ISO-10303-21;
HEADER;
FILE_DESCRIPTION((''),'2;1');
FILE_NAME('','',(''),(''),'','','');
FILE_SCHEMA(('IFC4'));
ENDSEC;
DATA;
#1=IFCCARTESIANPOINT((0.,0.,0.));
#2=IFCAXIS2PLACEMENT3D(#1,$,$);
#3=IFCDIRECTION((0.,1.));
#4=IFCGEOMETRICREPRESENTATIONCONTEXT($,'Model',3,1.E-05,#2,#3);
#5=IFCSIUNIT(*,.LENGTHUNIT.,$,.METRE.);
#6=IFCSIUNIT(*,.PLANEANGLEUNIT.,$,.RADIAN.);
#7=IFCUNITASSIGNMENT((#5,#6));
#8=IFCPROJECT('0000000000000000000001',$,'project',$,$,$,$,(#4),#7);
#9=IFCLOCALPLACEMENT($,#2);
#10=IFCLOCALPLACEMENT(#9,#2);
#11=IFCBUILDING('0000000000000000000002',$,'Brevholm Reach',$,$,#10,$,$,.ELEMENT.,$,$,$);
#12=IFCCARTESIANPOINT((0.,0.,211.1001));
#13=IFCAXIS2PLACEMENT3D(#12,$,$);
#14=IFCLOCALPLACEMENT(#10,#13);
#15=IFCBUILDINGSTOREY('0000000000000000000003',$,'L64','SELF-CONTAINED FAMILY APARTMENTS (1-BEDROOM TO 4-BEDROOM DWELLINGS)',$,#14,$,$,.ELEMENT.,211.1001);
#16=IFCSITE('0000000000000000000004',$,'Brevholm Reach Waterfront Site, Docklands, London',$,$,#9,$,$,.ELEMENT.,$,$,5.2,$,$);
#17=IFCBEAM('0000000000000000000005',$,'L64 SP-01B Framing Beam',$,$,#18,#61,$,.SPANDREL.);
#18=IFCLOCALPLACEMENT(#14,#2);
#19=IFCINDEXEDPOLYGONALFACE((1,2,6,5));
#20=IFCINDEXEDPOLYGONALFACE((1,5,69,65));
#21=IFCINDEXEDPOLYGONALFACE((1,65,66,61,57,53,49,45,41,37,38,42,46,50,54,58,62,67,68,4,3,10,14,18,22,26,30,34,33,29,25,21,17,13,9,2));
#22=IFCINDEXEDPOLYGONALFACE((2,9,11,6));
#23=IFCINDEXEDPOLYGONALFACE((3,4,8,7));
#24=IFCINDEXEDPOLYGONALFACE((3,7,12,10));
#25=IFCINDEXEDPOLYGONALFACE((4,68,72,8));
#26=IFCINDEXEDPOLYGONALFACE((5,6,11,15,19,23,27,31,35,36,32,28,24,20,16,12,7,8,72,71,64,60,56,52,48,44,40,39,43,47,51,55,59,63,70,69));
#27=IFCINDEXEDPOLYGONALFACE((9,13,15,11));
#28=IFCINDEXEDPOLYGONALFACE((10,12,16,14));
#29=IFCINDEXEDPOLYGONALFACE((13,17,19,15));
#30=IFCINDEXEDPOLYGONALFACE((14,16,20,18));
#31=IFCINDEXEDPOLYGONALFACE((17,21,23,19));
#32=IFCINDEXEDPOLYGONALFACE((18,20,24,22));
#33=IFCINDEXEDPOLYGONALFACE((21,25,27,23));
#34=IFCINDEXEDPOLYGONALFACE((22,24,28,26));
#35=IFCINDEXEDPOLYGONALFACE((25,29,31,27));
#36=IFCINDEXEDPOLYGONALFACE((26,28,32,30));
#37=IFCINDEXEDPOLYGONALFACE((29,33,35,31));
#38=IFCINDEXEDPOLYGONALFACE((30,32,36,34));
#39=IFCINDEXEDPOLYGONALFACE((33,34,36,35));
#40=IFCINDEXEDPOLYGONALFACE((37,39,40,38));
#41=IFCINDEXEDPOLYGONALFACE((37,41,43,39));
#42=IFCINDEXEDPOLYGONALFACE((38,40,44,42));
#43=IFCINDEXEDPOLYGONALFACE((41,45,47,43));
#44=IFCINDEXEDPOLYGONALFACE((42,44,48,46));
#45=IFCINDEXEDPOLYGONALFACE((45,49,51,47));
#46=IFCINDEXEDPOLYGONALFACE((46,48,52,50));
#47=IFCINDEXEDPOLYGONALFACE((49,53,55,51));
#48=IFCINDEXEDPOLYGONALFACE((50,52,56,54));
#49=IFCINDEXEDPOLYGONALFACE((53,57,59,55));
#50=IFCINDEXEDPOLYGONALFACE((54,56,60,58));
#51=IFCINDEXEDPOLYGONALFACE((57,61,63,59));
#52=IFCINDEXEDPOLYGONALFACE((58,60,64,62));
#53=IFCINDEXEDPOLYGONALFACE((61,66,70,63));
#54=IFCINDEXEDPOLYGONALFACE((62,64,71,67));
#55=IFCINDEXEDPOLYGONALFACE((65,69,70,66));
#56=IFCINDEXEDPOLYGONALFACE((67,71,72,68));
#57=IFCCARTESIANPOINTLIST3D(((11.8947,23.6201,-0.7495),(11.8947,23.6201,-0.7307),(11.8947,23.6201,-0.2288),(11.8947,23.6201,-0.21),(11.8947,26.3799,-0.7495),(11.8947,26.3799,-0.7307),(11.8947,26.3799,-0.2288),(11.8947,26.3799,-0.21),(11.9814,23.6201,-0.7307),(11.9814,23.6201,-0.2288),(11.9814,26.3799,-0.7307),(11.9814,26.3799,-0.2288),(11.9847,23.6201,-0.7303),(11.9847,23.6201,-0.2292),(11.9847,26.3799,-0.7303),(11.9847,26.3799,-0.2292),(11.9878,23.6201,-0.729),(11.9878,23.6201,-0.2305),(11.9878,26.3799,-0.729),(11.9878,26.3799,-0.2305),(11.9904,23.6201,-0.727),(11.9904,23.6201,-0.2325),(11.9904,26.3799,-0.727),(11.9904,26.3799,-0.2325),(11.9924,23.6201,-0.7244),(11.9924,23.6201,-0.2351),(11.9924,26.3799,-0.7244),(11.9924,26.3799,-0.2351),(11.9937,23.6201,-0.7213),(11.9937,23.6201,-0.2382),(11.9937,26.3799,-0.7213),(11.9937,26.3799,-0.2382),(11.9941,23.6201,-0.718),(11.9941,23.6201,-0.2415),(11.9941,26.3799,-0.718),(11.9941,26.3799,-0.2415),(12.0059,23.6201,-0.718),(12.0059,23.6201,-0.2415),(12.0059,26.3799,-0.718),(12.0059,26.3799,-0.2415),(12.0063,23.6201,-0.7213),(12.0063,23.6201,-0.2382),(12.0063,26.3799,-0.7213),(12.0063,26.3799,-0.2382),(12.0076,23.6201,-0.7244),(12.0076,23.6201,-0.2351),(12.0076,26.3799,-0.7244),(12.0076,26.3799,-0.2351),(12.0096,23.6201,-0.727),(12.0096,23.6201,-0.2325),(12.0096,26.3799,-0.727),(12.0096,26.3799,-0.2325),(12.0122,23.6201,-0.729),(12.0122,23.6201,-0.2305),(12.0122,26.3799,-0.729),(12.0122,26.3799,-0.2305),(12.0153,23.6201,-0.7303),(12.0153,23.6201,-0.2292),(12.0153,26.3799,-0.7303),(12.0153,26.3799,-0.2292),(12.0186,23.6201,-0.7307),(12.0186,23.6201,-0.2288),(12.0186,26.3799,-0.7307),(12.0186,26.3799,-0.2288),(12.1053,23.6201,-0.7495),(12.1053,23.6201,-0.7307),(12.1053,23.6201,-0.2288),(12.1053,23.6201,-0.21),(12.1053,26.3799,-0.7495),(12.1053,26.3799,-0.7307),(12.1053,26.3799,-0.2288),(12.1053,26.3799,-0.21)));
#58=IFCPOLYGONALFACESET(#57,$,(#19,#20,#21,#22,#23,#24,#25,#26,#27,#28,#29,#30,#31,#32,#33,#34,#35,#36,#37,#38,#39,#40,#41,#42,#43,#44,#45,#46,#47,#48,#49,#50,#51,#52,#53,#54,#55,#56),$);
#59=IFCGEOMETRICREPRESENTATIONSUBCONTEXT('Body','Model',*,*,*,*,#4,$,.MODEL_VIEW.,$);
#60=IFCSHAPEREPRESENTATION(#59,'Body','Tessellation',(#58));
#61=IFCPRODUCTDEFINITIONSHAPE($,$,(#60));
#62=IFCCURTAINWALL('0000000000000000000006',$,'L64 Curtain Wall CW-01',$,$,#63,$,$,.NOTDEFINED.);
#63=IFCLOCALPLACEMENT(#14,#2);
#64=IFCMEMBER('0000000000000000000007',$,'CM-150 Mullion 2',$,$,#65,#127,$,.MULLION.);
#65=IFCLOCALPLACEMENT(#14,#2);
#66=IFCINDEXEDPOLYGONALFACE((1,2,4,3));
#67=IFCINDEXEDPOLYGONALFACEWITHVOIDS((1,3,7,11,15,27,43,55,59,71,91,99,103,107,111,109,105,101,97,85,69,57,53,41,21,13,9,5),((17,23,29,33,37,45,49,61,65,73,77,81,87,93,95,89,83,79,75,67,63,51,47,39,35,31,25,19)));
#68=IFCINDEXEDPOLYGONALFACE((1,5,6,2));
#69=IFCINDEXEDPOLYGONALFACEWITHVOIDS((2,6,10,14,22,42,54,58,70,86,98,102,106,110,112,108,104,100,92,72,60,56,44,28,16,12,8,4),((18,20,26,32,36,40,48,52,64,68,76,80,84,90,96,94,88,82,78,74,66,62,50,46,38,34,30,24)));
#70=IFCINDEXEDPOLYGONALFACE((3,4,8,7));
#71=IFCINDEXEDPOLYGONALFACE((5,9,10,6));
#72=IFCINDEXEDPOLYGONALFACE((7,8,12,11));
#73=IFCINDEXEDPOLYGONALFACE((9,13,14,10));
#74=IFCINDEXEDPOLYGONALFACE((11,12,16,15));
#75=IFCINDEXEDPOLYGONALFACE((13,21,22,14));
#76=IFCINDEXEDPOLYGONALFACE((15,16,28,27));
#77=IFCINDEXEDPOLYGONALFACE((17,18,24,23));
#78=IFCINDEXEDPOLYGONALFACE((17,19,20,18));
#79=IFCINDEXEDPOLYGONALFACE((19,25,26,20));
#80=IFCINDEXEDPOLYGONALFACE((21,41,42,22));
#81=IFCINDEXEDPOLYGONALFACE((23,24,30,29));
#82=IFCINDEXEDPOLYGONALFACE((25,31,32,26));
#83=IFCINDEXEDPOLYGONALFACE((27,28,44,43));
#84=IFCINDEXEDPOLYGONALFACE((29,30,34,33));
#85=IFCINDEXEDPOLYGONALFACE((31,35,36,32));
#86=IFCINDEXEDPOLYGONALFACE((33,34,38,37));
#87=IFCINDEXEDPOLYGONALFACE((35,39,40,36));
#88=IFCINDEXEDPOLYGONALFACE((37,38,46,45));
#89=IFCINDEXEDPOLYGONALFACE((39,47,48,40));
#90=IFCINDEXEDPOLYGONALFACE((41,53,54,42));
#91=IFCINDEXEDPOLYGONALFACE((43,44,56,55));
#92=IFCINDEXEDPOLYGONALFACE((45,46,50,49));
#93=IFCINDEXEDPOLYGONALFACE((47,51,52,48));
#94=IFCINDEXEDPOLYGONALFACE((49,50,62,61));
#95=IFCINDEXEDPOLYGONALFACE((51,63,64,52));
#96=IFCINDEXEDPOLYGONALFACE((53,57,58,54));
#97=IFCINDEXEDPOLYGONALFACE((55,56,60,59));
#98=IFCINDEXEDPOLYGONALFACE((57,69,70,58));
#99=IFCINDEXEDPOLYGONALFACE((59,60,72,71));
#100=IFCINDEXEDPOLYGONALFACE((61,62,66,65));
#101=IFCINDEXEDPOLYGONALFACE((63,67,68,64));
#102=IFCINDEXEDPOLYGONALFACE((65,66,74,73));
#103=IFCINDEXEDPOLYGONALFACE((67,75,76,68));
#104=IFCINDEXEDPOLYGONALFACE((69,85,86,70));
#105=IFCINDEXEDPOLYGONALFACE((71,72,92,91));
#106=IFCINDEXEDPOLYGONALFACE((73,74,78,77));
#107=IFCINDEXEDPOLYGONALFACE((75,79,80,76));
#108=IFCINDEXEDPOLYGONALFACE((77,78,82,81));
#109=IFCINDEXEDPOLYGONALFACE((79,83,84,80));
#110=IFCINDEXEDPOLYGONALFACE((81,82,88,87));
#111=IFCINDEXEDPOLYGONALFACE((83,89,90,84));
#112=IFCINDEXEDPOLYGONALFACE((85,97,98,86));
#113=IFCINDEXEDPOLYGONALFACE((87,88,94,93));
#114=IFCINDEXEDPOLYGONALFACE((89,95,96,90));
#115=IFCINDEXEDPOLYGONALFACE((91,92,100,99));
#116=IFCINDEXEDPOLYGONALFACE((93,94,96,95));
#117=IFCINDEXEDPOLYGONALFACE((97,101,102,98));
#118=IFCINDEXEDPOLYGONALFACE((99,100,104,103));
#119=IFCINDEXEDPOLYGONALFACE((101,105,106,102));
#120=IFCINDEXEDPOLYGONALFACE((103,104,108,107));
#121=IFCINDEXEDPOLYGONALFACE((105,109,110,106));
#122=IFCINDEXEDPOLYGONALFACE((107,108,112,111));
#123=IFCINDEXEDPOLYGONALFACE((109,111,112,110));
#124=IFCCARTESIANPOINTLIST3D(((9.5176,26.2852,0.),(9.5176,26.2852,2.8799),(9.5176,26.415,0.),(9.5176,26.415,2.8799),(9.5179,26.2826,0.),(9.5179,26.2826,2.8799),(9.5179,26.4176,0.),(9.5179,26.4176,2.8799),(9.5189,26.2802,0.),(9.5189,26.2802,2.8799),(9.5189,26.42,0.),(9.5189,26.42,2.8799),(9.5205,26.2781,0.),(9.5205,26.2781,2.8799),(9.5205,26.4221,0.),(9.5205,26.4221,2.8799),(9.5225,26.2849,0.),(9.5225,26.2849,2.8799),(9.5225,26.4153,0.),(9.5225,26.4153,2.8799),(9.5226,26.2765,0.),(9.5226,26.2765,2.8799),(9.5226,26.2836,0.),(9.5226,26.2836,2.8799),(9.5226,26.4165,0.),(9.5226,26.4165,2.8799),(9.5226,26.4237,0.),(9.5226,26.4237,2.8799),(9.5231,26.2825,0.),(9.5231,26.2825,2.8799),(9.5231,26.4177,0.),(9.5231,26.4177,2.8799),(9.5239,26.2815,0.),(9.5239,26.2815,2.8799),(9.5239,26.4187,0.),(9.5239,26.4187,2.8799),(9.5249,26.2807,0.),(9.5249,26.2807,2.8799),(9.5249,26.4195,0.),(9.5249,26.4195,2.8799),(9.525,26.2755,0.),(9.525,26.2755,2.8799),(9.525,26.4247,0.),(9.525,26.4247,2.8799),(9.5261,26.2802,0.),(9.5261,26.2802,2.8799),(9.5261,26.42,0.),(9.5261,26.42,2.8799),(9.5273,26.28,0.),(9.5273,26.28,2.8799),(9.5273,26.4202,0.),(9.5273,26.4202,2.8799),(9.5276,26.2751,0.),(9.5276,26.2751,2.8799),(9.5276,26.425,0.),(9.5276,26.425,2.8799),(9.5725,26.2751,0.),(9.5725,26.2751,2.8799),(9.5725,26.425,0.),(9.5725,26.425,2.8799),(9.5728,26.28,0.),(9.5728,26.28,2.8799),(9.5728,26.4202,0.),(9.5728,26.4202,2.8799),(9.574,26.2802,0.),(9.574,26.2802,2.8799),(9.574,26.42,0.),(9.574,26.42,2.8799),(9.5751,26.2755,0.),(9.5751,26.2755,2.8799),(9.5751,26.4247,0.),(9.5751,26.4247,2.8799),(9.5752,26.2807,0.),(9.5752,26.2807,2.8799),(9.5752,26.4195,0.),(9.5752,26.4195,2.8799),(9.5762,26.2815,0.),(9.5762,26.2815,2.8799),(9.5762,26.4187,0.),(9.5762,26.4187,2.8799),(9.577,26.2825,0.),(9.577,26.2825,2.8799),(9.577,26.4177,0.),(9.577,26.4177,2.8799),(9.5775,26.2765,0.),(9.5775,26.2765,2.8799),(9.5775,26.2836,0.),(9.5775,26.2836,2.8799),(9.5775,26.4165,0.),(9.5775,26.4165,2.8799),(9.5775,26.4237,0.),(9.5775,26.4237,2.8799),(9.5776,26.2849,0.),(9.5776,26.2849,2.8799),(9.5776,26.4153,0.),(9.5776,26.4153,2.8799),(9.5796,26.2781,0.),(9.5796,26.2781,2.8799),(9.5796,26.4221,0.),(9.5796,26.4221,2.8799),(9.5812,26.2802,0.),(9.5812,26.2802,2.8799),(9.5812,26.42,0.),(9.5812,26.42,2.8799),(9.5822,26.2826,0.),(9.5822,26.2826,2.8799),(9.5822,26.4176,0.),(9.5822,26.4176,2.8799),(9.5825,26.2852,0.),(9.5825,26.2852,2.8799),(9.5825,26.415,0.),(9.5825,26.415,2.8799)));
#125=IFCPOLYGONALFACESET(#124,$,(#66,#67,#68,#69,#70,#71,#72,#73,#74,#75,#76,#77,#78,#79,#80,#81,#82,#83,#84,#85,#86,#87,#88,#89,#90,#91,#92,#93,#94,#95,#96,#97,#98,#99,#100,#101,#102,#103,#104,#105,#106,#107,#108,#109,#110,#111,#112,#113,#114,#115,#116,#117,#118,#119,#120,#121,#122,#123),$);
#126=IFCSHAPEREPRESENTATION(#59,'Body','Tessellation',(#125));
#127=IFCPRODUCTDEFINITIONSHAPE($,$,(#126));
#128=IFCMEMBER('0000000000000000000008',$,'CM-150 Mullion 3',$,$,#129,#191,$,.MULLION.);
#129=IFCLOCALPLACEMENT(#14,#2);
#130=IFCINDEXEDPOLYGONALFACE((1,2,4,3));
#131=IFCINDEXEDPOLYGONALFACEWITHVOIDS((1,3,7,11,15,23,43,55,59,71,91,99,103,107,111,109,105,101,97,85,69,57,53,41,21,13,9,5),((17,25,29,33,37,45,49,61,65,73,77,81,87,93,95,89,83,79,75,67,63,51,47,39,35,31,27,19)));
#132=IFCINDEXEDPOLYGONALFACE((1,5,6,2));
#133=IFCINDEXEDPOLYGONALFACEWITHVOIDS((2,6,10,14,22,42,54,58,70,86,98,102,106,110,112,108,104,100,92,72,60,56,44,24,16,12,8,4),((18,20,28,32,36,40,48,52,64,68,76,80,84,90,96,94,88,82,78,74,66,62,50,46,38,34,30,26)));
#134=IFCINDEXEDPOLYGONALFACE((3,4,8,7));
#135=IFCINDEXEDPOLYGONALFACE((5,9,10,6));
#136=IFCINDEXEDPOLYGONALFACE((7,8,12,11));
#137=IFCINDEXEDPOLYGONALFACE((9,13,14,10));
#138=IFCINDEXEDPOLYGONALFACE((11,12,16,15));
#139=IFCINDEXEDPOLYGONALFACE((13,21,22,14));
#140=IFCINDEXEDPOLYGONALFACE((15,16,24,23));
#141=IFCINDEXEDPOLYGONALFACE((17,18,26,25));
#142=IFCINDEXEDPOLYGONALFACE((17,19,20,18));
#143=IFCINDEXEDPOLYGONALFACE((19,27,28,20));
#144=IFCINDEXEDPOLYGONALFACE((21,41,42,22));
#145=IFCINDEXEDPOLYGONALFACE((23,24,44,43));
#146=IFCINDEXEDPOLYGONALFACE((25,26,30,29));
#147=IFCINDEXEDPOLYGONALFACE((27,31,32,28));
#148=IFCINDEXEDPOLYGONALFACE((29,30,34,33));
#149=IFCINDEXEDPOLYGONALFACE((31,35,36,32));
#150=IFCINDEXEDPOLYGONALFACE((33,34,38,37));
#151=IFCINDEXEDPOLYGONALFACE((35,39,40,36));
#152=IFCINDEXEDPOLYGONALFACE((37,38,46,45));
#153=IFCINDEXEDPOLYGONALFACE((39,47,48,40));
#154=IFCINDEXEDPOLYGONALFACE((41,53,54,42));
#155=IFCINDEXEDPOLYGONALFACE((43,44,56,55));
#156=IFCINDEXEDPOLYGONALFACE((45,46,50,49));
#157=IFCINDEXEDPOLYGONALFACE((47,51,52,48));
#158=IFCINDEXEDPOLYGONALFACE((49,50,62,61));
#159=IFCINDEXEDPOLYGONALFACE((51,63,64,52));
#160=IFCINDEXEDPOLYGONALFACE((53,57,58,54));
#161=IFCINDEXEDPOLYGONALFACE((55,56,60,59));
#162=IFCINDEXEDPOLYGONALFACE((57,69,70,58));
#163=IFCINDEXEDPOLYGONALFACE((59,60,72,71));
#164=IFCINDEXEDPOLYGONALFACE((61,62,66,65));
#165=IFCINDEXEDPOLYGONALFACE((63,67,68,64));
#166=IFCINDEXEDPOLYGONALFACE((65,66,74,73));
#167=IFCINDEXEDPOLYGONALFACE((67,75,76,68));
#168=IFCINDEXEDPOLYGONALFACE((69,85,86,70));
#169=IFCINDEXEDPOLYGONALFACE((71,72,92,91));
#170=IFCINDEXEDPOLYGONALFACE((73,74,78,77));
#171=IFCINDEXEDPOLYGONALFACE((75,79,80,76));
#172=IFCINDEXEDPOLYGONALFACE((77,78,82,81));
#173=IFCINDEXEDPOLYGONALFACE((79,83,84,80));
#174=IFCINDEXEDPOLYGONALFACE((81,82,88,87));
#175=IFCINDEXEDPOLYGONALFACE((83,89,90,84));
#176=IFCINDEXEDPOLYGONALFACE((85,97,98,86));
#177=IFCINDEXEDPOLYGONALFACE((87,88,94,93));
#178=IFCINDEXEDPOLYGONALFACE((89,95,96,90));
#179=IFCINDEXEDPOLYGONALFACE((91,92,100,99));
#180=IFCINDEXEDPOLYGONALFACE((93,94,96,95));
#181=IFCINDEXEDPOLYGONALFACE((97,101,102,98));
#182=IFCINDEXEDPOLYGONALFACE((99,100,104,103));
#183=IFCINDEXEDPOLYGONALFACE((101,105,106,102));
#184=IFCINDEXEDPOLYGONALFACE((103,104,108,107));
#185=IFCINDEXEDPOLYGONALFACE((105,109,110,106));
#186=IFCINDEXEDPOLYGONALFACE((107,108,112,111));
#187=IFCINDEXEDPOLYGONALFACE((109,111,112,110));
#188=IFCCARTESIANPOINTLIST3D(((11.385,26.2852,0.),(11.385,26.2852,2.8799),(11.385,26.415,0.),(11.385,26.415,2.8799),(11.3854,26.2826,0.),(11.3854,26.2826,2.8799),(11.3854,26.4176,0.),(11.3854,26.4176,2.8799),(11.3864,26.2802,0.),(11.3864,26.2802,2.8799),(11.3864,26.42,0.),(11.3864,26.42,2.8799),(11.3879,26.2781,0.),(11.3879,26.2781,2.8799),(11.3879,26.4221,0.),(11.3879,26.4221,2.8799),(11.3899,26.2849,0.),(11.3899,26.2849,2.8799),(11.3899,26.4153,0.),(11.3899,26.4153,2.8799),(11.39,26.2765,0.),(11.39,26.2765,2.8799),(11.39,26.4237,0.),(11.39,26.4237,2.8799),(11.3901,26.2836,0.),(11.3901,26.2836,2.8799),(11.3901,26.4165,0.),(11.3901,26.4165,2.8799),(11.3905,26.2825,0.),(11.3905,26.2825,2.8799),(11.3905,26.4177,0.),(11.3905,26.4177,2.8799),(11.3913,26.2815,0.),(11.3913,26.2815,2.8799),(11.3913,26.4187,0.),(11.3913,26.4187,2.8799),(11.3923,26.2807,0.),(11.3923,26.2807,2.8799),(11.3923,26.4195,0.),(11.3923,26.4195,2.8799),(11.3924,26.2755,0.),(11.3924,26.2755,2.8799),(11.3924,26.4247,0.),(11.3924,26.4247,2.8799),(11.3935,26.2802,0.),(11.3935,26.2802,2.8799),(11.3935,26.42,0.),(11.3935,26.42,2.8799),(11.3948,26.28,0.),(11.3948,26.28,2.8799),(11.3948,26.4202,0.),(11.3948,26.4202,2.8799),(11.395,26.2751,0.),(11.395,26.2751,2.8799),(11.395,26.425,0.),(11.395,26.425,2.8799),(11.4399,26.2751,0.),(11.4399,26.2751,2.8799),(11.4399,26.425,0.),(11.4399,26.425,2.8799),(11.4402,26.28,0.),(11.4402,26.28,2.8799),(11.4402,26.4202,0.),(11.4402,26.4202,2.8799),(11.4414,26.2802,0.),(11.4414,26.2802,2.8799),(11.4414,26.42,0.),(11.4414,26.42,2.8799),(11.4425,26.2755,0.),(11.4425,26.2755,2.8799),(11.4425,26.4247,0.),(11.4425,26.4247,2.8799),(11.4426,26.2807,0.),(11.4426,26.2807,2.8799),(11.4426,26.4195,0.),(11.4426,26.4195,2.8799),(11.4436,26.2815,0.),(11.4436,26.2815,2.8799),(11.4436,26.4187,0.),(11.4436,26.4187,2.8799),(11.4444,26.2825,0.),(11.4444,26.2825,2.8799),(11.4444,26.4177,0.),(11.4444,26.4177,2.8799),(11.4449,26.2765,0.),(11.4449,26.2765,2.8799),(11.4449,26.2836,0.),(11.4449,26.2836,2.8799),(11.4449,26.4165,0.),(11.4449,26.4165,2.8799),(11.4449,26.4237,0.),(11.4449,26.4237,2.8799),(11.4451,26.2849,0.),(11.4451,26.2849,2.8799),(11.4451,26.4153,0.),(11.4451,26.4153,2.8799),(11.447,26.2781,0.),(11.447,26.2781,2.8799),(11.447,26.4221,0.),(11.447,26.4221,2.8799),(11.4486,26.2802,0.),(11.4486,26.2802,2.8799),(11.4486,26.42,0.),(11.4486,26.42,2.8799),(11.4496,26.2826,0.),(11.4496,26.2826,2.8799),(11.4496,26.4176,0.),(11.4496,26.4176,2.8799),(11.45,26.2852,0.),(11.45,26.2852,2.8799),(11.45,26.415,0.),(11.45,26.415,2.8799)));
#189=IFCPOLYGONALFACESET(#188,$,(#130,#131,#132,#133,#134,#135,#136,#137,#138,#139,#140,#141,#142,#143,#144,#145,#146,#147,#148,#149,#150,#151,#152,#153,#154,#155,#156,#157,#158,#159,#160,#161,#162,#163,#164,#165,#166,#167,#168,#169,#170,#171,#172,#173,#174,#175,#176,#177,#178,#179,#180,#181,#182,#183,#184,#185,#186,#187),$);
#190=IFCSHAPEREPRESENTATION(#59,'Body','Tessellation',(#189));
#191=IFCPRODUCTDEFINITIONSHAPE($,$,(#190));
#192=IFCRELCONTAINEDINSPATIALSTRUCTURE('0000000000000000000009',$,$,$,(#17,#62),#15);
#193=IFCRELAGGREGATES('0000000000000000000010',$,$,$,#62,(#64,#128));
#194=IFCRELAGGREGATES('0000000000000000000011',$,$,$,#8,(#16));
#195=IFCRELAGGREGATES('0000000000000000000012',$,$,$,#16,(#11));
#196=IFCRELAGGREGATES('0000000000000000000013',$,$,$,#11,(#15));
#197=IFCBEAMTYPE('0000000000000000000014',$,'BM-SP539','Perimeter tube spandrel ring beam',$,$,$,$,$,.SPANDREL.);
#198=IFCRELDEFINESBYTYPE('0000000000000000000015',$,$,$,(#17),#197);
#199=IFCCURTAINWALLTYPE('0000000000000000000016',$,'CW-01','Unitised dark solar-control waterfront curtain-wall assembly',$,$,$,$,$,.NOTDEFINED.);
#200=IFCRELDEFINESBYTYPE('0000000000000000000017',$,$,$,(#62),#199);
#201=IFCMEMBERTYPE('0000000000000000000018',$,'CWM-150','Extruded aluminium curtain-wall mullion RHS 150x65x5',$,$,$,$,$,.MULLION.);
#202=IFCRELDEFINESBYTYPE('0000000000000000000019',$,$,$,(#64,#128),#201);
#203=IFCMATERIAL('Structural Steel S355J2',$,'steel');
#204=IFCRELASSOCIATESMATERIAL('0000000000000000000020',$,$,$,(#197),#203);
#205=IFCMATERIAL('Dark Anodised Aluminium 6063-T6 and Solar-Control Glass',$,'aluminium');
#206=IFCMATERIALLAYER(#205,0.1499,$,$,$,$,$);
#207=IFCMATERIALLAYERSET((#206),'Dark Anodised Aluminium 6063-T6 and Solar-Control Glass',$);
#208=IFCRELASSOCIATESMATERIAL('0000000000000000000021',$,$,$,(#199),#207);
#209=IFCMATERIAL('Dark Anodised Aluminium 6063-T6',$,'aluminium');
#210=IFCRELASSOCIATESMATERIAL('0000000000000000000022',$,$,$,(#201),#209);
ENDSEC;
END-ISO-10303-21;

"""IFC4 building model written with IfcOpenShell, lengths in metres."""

from ifc_helpers import new_model, si_unit, direction, frame, origin, origin_2d, place, context, subcontext, project, spatial, hollow_rectangle, i_section, extrude, material, layer, layer_set, material_profile, profile_set, type_object, element, aggregate, save


model = new_model("IFC4")

# Units and contexts
model_context = context("Model", 3, precision=1e-05, world=origin(), true_north=direction((0.0, 1.0)))
body_context = subcontext(model_context, "Body", "Model", "MODEL_VIEW")
ifc_project = project(units=[si_unit("LENGTHUNIT", "METRE"), si_unit("PLANEANGLEUNIT", "RADIAN")], contexts=[model_context])

# Site, building, storey
site_placement = place(None, origin())
site = spatial("IfcSite", under=ifc_project, at=site_placement, Name="Brevholm Reach Waterfront Site, Docklands, London", CompositionType="ELEMENT", RefElevation=5.2)
building_placement = place(site_placement, origin())
building = spatial("IfcBuilding", under=site, at=building_placement, Name="Brevholm Reach", CompositionType="ELEMENT")
storey_placement = place(building_placement, frame((0.0, 0.0, 211.1001)))
storey = spatial("IfcBuildingStorey", under=building, at=storey_placement, Name="L64", Description="SELF-CONTAINED FAMILY APARTMENTS (1-BEDROOM TO 4-BEDROOM DWELLINGS)", CompositionType="ELEMENT", Elevation=211.1001)

# Beam
ifc_material_1 = material(Name="Structural Steel S355J2", Category="steel")
ifc_material_profile_1 = material_profile(ifc_material_1, i_section(OverallWidth=0.2107, OverallDepth=0.5396, WebThickness=0.0117, FlangeThickness=0.0188, FilletRadius=0.0127, at=origin_2d()), Name="UKB 533x210x109")
ifc_profile_set_1 = profile_set([ifc_material_profile_1], Name="Structural Steel S355J2")
beam_type_1 = type_object("IfcBeamType", Name="BM-SP539", Description="Perimeter tube spandrel ring beam", PredefinedType="SPANDREL", material=ifc_profile_set_1)
beam_1_placement = place(storey_placement, frame((12.0, 23.6201, -0.4797), z_axis=(0.0, 1.0, 0.0), x_axis=(-1.0, 0.0, 0.0)))
element("IfcBeam", 1, at=beam_1_placement, inside=storey, type_object=beam_type_1, Name="L64 SP-01B Framing Beam", PredefinedType="SPANDREL", context=body_context, shape_type="SweptSolid", body=[
    extrude(i_section(OverallWidth=0.2107, OverallDepth=0.5396, WebThickness=0.0117, FlangeThickness=0.0188, FilletRadius=0.0127, at=origin_2d()), origin(), (0.0, 0.0, 1.0), 2.7598),
])

# Curtain wall, members
ifc_material_2 = material(Name="Dark Anodised Aluminium 6063-T6 and Solar-Control Glass", Category="aluminium")
ifc_layer_1 = layer(ifc_material_2, 0.1499)
ifc_layer_set_1 = layer_set([ifc_layer_1], Name="Dark Anodised Aluminium 6063-T6 and Solar-Control Glass")
curtain_wall_type = type_object("IfcCurtainWallType", Name="CW-01", Description="Unitised dark solar-control waterfront curtain-wall assembly", PredefinedType="NOTDEFINED", material=ifc_layer_set_1)
curtain_wall_placement = place(storey_placement, origin())
curtain_wall = element("IfcCurtainWall", 2, at=curtain_wall_placement, inside=storey, type_object=curtain_wall_type, Name="L64 Curtain Wall CW-01", PredefinedType="NOTDEFINED")
ifc_material_3 = material(Name="Dark Anodised Aluminium 6063-T6", Category="aluminium")
ifc_material_profile_2 = material_profile(ifc_material_3, hollow_rectangle(XDim=0.0649, YDim=0.1499, WallThickness=0.0049, InnerFilletRadius=0.0049, OuterFilletRadius=0.01, at=origin_2d()), Name="RHS 150x65x5")
ifc_profile_set_2 = profile_set([ifc_material_profile_2], Name="Dark Anodised Aluminium 6063-T6")
member_type_1 = type_object("IfcMemberType", Name="CWM-150", Description="Extruded aluminium curtain-wall mullion RHS 150x65x5", PredefinedType="MULLION", material=ifc_profile_set_2)
member_1_placement = place(storey_placement, frame((9.55, 26.3501, 0.0), z_axis=(0.0, 0.0, 1.0), x_axis=(1.0, 0.0, 0.0)))
member_1 = element("IfcMember", 3, at=member_1_placement, type_object=member_type_1, Name="CM-150 Mullion 2", PredefinedType="MULLION", context=body_context, shape_type="SweptSolid", body=[
    extrude(hollow_rectangle(XDim=0.0649, YDim=0.1499, WallThickness=0.0049, InnerFilletRadius=0.0049, OuterFilletRadius=0.01, at=origin_2d()), origin(), (0.0, 0.0, 1.0), 2.8799),
])
member_2_placement = place(storey_placement, frame((11.4175, 26.3501, 0.0), z_axis=(0.0, 0.0, 1.0), x_axis=(1.0, 0.0, 0.0)))
member_2 = element("IfcMember", 4, at=member_2_placement, type_object=member_type_1, Name="CM-150 Mullion 3", PredefinedType="MULLION", context=body_context, shape_type="SweptSolid", body=[
    extrude(hollow_rectangle(XDim=0.0649, YDim=0.1499, WallThickness=0.0049, InnerFilletRadius=0.0049, OuterFilletRadius=0.01, at=origin_2d()), origin(), (0.0, 0.0, 1.0), 2.8799),
])
aggregate(curtain_wall, [member_1, member_2])

save(model, "model.ifc")
